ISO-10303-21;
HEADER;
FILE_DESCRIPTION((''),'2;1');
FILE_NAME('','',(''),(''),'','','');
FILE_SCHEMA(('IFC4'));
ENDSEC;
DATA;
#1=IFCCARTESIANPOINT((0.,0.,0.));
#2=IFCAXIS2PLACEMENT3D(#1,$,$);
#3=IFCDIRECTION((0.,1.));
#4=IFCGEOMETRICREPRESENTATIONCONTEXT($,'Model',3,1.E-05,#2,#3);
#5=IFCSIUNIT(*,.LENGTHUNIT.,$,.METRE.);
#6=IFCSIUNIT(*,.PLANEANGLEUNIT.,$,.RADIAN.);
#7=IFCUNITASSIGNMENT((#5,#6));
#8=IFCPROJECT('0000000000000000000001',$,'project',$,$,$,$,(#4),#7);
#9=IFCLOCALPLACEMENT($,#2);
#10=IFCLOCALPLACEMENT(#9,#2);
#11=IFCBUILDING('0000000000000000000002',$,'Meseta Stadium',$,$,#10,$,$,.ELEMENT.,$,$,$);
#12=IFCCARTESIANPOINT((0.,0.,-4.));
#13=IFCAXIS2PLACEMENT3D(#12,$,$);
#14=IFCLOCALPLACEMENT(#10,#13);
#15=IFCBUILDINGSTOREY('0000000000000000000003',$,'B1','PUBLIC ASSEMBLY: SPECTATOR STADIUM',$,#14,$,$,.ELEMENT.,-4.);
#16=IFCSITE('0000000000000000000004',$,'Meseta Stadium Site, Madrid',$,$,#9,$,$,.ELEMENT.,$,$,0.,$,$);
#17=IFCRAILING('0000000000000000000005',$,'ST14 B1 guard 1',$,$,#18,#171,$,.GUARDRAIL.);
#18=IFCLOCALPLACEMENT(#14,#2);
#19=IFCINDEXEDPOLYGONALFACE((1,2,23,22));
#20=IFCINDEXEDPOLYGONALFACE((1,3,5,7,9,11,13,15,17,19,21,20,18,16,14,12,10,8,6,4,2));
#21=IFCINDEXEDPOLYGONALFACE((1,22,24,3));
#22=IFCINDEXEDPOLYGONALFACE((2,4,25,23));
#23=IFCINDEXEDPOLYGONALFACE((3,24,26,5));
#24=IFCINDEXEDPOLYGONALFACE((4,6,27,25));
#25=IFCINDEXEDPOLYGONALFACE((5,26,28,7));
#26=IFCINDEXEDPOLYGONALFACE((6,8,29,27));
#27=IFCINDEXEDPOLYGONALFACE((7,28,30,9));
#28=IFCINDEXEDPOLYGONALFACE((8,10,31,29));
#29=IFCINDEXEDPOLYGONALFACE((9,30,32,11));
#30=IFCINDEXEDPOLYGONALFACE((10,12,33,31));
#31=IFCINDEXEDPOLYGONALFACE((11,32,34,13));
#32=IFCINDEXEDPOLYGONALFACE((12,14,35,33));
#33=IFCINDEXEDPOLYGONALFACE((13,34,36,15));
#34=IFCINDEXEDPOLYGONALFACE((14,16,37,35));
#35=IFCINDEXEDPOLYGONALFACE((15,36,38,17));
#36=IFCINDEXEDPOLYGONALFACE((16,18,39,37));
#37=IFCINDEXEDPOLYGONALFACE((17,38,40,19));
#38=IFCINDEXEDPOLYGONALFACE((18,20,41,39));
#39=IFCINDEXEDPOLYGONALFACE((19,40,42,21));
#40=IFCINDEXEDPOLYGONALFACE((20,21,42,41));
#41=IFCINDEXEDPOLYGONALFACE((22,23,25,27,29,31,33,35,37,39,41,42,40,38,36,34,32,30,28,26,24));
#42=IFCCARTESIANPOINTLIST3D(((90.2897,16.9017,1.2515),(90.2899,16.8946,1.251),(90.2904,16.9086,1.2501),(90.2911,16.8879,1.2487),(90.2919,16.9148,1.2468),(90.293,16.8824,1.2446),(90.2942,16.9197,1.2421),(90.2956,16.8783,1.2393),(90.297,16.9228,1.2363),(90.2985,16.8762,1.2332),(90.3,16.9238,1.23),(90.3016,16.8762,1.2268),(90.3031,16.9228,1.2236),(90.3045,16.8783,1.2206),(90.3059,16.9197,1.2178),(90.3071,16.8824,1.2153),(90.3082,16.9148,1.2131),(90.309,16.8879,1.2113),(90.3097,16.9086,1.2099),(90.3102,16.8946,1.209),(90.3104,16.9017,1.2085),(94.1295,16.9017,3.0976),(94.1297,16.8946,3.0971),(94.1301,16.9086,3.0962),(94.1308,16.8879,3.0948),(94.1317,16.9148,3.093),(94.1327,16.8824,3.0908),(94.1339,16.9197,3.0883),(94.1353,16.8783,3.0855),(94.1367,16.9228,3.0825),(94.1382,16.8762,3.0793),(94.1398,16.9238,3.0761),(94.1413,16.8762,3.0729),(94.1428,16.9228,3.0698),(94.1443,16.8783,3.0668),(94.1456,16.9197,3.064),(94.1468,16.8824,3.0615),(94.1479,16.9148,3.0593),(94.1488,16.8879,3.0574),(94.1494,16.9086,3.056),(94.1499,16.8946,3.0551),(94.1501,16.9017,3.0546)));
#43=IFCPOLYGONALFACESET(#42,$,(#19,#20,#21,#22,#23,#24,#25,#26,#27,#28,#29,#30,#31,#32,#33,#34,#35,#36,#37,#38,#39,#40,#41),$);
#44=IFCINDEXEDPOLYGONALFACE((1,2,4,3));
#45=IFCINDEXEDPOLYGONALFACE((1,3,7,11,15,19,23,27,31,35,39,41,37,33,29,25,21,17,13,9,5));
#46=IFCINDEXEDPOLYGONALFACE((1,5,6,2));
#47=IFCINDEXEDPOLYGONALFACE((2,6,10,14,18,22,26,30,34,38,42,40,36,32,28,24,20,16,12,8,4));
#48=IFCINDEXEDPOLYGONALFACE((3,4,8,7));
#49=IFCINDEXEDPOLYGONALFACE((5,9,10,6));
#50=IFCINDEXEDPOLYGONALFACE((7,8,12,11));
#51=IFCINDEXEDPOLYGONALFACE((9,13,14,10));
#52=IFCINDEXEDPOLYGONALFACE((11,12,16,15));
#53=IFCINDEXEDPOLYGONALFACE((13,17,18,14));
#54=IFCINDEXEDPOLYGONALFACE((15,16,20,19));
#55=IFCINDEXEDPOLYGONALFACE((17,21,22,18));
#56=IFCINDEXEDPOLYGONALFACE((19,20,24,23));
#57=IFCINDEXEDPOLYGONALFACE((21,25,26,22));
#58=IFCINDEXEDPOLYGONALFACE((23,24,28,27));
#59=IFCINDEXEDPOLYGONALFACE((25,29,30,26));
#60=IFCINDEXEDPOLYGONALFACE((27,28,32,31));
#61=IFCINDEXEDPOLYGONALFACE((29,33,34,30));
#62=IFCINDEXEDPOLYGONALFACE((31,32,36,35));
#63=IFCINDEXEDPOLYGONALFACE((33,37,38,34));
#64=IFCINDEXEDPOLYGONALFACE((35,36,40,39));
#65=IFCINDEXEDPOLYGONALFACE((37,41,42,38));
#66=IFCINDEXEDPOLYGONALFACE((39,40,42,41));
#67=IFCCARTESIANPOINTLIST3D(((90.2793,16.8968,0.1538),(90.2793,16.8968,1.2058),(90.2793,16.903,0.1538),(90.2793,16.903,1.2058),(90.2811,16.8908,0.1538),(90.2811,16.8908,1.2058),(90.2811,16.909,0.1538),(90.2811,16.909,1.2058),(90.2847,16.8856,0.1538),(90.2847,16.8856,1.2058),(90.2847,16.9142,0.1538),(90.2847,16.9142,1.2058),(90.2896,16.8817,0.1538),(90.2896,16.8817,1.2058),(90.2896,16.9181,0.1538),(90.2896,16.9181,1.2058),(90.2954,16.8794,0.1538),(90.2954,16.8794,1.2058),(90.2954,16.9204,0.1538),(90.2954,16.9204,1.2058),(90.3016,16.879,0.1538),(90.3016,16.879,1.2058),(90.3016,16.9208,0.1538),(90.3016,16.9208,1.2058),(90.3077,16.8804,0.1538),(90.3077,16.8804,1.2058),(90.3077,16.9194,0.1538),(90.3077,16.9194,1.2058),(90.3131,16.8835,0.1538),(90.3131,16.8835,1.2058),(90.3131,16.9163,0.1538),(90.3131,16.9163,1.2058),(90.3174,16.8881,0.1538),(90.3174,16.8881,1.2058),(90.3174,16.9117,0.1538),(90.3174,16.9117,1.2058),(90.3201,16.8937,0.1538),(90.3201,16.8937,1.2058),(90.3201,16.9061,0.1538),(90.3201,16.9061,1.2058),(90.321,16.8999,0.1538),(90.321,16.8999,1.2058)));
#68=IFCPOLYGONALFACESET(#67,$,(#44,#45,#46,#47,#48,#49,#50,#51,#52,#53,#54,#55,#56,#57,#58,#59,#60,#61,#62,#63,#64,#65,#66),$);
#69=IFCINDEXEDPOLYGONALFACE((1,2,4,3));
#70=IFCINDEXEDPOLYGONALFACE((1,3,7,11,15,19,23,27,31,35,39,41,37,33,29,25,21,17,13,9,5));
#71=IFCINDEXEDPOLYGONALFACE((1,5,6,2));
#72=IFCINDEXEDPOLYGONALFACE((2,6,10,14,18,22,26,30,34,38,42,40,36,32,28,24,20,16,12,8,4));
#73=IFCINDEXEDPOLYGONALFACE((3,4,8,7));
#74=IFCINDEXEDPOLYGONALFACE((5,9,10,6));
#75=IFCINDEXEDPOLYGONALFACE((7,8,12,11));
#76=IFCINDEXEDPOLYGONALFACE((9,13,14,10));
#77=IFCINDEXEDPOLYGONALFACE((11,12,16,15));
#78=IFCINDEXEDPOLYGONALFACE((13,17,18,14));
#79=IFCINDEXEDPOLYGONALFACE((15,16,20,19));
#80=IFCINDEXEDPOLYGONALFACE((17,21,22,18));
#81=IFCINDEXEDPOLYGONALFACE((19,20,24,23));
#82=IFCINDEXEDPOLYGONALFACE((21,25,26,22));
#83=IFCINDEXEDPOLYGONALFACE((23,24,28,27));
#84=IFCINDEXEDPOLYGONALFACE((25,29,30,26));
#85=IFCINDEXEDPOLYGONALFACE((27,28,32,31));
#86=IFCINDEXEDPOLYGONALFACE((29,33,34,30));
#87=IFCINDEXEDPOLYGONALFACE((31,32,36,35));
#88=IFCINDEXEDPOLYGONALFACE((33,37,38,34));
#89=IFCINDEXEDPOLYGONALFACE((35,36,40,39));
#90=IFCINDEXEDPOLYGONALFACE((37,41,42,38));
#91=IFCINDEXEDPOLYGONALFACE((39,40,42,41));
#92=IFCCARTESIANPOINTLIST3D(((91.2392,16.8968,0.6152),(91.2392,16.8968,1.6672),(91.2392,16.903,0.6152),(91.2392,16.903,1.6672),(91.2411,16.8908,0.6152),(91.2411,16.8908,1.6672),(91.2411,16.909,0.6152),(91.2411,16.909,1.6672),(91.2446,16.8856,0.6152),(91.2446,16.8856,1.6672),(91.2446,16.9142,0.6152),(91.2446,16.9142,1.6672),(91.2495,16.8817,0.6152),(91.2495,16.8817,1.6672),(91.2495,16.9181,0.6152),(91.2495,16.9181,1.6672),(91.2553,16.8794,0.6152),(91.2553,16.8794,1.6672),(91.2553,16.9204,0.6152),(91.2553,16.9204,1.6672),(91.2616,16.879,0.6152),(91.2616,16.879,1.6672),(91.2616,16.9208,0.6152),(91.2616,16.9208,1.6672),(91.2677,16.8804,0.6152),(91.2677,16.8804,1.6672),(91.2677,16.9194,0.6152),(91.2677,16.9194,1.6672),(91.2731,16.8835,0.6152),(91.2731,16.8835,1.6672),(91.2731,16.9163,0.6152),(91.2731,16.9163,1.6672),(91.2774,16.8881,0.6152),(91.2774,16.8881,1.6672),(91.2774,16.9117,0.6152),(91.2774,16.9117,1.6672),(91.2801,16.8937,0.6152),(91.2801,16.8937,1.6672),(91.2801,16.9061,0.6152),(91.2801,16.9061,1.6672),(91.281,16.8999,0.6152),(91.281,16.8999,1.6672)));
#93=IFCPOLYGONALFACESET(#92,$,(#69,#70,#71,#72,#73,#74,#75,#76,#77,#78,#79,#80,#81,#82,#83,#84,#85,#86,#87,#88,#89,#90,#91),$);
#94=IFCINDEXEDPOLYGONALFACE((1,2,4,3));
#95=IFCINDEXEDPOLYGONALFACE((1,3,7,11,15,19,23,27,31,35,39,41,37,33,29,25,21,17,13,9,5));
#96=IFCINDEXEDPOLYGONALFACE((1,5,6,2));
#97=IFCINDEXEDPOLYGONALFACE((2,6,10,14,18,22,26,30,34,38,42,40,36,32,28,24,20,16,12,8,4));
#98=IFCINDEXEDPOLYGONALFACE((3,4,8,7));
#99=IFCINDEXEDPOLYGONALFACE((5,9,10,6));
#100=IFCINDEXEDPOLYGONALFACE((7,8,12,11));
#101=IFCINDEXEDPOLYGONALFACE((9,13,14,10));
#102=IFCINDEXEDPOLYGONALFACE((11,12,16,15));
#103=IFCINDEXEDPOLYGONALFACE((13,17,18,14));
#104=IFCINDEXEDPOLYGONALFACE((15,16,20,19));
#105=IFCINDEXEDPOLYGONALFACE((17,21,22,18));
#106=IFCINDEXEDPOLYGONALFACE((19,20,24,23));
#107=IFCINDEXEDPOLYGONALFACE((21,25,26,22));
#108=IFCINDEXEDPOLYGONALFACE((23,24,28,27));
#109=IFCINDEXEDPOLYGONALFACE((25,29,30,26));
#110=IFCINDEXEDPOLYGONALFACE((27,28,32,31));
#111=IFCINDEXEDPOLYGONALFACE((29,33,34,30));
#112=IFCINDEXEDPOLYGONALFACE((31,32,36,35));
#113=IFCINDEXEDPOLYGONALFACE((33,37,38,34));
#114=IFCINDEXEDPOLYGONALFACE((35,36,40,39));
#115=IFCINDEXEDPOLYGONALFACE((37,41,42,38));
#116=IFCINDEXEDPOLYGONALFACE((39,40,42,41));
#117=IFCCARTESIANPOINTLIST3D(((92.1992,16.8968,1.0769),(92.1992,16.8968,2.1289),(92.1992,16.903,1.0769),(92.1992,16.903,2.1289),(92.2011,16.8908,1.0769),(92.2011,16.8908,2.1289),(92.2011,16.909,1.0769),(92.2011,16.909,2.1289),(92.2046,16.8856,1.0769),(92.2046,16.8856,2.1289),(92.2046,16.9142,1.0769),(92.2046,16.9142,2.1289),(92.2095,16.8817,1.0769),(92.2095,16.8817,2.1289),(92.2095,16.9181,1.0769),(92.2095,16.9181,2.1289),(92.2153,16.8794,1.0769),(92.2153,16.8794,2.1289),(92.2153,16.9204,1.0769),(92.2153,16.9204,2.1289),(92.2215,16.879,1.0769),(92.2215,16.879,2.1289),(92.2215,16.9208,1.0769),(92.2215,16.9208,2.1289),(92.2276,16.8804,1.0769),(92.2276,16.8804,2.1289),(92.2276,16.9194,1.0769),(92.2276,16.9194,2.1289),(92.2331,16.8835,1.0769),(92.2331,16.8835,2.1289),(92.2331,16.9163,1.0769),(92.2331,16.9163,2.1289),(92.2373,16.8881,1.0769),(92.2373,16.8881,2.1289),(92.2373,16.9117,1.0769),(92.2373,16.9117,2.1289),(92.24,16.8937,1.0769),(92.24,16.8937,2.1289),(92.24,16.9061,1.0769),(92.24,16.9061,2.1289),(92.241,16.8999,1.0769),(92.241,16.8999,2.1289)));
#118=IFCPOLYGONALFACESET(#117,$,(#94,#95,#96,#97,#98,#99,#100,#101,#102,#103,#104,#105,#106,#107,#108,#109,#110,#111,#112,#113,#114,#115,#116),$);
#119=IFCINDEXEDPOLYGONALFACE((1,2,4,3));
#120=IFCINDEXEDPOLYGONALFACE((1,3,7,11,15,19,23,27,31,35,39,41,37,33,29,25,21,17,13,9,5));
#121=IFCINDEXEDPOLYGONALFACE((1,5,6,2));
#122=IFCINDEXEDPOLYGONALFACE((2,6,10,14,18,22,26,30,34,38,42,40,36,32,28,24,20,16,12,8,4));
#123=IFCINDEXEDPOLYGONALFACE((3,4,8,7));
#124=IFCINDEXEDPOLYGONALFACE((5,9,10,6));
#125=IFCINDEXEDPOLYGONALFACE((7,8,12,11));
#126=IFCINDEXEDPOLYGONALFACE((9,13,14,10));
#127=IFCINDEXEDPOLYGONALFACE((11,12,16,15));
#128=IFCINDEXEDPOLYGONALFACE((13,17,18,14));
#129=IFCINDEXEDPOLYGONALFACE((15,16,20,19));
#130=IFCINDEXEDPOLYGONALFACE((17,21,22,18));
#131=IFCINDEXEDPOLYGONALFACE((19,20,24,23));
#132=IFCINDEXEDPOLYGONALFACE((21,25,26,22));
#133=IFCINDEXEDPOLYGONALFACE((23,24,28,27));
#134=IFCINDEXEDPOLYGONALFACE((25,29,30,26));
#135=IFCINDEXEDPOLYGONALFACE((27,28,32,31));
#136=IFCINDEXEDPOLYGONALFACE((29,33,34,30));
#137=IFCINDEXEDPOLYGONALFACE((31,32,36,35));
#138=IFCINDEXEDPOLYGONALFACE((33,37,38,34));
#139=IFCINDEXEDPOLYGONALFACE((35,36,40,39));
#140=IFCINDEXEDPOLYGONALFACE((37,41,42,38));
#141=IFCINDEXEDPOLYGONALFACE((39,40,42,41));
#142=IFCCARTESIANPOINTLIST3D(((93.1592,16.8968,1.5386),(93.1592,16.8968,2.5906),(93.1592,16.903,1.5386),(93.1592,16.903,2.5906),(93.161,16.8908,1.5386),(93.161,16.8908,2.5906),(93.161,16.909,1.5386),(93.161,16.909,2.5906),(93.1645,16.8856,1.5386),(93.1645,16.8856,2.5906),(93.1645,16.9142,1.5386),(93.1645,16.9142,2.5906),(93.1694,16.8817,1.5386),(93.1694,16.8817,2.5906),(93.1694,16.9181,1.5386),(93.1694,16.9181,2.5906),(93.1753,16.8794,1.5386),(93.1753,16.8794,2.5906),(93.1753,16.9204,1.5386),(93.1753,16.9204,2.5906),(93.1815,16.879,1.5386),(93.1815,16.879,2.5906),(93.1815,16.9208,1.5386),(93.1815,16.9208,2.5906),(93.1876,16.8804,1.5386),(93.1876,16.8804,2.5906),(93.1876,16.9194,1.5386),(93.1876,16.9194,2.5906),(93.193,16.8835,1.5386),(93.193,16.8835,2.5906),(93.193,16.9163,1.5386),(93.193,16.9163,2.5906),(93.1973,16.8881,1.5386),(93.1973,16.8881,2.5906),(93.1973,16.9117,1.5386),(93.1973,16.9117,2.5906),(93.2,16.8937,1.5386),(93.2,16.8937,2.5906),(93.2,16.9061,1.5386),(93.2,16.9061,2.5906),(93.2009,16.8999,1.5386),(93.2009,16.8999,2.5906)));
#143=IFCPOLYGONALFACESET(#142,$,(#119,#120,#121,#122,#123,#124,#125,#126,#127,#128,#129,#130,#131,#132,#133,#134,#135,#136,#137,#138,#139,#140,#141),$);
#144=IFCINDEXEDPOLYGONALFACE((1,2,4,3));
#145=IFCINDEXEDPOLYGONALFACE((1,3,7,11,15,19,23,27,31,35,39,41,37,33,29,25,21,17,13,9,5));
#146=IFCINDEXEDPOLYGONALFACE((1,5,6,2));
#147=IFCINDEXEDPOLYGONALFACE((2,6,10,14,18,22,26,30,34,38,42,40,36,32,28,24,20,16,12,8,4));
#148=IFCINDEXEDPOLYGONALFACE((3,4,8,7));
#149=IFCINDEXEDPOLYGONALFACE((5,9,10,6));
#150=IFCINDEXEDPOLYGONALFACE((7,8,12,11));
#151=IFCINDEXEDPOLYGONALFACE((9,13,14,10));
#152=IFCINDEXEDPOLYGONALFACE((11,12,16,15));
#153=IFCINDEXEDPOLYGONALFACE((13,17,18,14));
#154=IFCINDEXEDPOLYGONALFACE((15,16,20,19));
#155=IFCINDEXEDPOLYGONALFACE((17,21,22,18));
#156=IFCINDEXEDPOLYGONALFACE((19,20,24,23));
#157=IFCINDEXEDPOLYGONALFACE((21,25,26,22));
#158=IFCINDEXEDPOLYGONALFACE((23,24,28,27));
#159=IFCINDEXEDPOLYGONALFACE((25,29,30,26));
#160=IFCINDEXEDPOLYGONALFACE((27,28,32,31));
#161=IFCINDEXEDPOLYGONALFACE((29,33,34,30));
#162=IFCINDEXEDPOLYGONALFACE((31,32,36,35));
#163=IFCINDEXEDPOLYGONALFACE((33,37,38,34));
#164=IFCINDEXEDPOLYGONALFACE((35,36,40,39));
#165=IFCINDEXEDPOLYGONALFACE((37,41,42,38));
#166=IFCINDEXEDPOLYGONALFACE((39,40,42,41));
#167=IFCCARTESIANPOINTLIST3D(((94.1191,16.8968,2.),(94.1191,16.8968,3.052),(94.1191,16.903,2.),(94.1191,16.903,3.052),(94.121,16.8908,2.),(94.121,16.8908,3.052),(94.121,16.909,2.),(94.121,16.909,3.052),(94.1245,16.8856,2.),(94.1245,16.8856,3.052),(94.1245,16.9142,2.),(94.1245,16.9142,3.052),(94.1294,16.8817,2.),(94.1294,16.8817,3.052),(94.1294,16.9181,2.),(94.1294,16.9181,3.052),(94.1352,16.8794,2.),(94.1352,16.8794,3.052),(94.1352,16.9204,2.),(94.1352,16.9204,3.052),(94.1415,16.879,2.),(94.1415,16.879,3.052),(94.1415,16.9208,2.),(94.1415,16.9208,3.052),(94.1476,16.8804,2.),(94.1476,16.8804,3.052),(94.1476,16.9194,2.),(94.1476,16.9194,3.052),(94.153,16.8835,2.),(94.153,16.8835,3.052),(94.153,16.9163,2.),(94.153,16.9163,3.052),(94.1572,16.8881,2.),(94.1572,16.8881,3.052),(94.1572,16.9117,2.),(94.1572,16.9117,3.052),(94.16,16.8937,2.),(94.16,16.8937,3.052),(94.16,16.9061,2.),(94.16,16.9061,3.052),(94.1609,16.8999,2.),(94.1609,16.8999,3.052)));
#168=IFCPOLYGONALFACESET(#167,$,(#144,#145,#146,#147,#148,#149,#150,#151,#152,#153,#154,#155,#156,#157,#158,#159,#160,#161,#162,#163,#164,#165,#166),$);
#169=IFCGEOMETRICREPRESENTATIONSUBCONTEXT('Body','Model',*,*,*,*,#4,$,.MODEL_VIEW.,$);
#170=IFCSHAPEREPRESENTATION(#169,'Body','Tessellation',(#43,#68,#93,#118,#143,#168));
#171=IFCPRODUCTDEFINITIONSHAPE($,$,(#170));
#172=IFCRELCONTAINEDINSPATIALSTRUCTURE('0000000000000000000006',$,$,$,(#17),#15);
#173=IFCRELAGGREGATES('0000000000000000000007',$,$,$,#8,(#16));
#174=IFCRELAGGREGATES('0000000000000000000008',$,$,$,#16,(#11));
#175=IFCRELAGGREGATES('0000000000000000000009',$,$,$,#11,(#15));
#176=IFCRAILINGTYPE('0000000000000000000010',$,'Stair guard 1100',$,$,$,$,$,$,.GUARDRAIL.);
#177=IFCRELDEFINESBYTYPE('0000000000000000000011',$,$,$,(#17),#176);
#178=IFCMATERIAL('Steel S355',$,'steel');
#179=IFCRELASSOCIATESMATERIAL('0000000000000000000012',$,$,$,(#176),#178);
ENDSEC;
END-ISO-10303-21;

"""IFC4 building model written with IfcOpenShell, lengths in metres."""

from ifc_helpers import new_model, si_unit, direction, frame, origin, origin_2d, place, context, subcontext, project, spatial, circle, extrude, material, type_object, element, save


model = new_model("IFC4")

# Units and contexts
model_context = context("Model", 3, precision=1e-05, world=origin(), true_north=direction((0.0, 1.0)))
body_context = subcontext(model_context, "Body", "Model", "MODEL_VIEW")
ifc_project = project(units=[si_unit("LENGTHUNIT", "METRE"), si_unit("PLANEANGLEUNIT", "RADIAN")], contexts=[model_context])

# Site, building, storey
site_placement = place(None, origin())
site = spatial("IfcSite", under=ifc_project, at=site_placement, Name="Meseta Stadium Site, Madrid", CompositionType="ELEMENT", RefElevation=0.0)
building_placement = place(site_placement, origin())
building = spatial("IfcBuilding", under=site, at=building_placement, Name="Meseta Stadium", CompositionType="ELEMENT")
storey_placement = place(building_placement, frame((0.0, 0.0, -4.0)))
storey = spatial("IfcBuildingStorey", under=building, at=storey_placement, Name="B1", Description="PUBLIC ASSEMBLY: SPECTATOR STADIUM", CompositionType="ELEMENT", Elevation=-4.0)

# Railing
ifc_material_1 = material(Name="Steel S355", Category="steel")
railing_type_1 = type_object("IfcRailingType", Name="Stair guard 1100", PredefinedType="GUARDRAIL", material=ifc_material_1)
railing_1_placement = place(storey_placement, frame((90.3, 16.8999, 0.1538)))
element("IfcRailing", 1, at=railing_1_placement, inside=storey, type_object=railing_type_1, Name="ST14 B1 guard 1", PredefinedType="GUARDRAIL", context=body_context, shape_type="SweptSolid", body=[
    extrude(circle(Radius=0.0239, at=origin_2d()), frame((0.0, 0.0, 1.0762), z_axis=(0.901242, 0.0, 0.433316), x_axis=(0.0, 1.0, 0.0)), (0.0, 0.0, 1.0), 4.2605),
    extrude(circle(Radius=0.021, at=origin_2d()), origin(), (0.0, 0.0, 1.0), 1.052),
    extrude(circle(Radius=0.021, at=origin_2d()), frame((0.96, 0.0, 0.4614)), (0.0, 0.0, 1.0), 1.052),
    extrude(circle(Radius=0.021, at=origin_2d()), frame((1.9199, 0.0, 0.9231)), (0.0, 0.0, 1.0), 1.052),
    extrude(circle(Radius=0.021, at=origin_2d()), frame((2.8799, 0.0, 1.3848)), (0.0, 0.0, 1.0), 1.052),
    extrude(circle(Radius=0.021, at=origin_2d()), frame((3.8398, 0.0, 1.8462)), (0.0, 0.0, 1.0), 1.052),
])

save(model, "model.ifc")
